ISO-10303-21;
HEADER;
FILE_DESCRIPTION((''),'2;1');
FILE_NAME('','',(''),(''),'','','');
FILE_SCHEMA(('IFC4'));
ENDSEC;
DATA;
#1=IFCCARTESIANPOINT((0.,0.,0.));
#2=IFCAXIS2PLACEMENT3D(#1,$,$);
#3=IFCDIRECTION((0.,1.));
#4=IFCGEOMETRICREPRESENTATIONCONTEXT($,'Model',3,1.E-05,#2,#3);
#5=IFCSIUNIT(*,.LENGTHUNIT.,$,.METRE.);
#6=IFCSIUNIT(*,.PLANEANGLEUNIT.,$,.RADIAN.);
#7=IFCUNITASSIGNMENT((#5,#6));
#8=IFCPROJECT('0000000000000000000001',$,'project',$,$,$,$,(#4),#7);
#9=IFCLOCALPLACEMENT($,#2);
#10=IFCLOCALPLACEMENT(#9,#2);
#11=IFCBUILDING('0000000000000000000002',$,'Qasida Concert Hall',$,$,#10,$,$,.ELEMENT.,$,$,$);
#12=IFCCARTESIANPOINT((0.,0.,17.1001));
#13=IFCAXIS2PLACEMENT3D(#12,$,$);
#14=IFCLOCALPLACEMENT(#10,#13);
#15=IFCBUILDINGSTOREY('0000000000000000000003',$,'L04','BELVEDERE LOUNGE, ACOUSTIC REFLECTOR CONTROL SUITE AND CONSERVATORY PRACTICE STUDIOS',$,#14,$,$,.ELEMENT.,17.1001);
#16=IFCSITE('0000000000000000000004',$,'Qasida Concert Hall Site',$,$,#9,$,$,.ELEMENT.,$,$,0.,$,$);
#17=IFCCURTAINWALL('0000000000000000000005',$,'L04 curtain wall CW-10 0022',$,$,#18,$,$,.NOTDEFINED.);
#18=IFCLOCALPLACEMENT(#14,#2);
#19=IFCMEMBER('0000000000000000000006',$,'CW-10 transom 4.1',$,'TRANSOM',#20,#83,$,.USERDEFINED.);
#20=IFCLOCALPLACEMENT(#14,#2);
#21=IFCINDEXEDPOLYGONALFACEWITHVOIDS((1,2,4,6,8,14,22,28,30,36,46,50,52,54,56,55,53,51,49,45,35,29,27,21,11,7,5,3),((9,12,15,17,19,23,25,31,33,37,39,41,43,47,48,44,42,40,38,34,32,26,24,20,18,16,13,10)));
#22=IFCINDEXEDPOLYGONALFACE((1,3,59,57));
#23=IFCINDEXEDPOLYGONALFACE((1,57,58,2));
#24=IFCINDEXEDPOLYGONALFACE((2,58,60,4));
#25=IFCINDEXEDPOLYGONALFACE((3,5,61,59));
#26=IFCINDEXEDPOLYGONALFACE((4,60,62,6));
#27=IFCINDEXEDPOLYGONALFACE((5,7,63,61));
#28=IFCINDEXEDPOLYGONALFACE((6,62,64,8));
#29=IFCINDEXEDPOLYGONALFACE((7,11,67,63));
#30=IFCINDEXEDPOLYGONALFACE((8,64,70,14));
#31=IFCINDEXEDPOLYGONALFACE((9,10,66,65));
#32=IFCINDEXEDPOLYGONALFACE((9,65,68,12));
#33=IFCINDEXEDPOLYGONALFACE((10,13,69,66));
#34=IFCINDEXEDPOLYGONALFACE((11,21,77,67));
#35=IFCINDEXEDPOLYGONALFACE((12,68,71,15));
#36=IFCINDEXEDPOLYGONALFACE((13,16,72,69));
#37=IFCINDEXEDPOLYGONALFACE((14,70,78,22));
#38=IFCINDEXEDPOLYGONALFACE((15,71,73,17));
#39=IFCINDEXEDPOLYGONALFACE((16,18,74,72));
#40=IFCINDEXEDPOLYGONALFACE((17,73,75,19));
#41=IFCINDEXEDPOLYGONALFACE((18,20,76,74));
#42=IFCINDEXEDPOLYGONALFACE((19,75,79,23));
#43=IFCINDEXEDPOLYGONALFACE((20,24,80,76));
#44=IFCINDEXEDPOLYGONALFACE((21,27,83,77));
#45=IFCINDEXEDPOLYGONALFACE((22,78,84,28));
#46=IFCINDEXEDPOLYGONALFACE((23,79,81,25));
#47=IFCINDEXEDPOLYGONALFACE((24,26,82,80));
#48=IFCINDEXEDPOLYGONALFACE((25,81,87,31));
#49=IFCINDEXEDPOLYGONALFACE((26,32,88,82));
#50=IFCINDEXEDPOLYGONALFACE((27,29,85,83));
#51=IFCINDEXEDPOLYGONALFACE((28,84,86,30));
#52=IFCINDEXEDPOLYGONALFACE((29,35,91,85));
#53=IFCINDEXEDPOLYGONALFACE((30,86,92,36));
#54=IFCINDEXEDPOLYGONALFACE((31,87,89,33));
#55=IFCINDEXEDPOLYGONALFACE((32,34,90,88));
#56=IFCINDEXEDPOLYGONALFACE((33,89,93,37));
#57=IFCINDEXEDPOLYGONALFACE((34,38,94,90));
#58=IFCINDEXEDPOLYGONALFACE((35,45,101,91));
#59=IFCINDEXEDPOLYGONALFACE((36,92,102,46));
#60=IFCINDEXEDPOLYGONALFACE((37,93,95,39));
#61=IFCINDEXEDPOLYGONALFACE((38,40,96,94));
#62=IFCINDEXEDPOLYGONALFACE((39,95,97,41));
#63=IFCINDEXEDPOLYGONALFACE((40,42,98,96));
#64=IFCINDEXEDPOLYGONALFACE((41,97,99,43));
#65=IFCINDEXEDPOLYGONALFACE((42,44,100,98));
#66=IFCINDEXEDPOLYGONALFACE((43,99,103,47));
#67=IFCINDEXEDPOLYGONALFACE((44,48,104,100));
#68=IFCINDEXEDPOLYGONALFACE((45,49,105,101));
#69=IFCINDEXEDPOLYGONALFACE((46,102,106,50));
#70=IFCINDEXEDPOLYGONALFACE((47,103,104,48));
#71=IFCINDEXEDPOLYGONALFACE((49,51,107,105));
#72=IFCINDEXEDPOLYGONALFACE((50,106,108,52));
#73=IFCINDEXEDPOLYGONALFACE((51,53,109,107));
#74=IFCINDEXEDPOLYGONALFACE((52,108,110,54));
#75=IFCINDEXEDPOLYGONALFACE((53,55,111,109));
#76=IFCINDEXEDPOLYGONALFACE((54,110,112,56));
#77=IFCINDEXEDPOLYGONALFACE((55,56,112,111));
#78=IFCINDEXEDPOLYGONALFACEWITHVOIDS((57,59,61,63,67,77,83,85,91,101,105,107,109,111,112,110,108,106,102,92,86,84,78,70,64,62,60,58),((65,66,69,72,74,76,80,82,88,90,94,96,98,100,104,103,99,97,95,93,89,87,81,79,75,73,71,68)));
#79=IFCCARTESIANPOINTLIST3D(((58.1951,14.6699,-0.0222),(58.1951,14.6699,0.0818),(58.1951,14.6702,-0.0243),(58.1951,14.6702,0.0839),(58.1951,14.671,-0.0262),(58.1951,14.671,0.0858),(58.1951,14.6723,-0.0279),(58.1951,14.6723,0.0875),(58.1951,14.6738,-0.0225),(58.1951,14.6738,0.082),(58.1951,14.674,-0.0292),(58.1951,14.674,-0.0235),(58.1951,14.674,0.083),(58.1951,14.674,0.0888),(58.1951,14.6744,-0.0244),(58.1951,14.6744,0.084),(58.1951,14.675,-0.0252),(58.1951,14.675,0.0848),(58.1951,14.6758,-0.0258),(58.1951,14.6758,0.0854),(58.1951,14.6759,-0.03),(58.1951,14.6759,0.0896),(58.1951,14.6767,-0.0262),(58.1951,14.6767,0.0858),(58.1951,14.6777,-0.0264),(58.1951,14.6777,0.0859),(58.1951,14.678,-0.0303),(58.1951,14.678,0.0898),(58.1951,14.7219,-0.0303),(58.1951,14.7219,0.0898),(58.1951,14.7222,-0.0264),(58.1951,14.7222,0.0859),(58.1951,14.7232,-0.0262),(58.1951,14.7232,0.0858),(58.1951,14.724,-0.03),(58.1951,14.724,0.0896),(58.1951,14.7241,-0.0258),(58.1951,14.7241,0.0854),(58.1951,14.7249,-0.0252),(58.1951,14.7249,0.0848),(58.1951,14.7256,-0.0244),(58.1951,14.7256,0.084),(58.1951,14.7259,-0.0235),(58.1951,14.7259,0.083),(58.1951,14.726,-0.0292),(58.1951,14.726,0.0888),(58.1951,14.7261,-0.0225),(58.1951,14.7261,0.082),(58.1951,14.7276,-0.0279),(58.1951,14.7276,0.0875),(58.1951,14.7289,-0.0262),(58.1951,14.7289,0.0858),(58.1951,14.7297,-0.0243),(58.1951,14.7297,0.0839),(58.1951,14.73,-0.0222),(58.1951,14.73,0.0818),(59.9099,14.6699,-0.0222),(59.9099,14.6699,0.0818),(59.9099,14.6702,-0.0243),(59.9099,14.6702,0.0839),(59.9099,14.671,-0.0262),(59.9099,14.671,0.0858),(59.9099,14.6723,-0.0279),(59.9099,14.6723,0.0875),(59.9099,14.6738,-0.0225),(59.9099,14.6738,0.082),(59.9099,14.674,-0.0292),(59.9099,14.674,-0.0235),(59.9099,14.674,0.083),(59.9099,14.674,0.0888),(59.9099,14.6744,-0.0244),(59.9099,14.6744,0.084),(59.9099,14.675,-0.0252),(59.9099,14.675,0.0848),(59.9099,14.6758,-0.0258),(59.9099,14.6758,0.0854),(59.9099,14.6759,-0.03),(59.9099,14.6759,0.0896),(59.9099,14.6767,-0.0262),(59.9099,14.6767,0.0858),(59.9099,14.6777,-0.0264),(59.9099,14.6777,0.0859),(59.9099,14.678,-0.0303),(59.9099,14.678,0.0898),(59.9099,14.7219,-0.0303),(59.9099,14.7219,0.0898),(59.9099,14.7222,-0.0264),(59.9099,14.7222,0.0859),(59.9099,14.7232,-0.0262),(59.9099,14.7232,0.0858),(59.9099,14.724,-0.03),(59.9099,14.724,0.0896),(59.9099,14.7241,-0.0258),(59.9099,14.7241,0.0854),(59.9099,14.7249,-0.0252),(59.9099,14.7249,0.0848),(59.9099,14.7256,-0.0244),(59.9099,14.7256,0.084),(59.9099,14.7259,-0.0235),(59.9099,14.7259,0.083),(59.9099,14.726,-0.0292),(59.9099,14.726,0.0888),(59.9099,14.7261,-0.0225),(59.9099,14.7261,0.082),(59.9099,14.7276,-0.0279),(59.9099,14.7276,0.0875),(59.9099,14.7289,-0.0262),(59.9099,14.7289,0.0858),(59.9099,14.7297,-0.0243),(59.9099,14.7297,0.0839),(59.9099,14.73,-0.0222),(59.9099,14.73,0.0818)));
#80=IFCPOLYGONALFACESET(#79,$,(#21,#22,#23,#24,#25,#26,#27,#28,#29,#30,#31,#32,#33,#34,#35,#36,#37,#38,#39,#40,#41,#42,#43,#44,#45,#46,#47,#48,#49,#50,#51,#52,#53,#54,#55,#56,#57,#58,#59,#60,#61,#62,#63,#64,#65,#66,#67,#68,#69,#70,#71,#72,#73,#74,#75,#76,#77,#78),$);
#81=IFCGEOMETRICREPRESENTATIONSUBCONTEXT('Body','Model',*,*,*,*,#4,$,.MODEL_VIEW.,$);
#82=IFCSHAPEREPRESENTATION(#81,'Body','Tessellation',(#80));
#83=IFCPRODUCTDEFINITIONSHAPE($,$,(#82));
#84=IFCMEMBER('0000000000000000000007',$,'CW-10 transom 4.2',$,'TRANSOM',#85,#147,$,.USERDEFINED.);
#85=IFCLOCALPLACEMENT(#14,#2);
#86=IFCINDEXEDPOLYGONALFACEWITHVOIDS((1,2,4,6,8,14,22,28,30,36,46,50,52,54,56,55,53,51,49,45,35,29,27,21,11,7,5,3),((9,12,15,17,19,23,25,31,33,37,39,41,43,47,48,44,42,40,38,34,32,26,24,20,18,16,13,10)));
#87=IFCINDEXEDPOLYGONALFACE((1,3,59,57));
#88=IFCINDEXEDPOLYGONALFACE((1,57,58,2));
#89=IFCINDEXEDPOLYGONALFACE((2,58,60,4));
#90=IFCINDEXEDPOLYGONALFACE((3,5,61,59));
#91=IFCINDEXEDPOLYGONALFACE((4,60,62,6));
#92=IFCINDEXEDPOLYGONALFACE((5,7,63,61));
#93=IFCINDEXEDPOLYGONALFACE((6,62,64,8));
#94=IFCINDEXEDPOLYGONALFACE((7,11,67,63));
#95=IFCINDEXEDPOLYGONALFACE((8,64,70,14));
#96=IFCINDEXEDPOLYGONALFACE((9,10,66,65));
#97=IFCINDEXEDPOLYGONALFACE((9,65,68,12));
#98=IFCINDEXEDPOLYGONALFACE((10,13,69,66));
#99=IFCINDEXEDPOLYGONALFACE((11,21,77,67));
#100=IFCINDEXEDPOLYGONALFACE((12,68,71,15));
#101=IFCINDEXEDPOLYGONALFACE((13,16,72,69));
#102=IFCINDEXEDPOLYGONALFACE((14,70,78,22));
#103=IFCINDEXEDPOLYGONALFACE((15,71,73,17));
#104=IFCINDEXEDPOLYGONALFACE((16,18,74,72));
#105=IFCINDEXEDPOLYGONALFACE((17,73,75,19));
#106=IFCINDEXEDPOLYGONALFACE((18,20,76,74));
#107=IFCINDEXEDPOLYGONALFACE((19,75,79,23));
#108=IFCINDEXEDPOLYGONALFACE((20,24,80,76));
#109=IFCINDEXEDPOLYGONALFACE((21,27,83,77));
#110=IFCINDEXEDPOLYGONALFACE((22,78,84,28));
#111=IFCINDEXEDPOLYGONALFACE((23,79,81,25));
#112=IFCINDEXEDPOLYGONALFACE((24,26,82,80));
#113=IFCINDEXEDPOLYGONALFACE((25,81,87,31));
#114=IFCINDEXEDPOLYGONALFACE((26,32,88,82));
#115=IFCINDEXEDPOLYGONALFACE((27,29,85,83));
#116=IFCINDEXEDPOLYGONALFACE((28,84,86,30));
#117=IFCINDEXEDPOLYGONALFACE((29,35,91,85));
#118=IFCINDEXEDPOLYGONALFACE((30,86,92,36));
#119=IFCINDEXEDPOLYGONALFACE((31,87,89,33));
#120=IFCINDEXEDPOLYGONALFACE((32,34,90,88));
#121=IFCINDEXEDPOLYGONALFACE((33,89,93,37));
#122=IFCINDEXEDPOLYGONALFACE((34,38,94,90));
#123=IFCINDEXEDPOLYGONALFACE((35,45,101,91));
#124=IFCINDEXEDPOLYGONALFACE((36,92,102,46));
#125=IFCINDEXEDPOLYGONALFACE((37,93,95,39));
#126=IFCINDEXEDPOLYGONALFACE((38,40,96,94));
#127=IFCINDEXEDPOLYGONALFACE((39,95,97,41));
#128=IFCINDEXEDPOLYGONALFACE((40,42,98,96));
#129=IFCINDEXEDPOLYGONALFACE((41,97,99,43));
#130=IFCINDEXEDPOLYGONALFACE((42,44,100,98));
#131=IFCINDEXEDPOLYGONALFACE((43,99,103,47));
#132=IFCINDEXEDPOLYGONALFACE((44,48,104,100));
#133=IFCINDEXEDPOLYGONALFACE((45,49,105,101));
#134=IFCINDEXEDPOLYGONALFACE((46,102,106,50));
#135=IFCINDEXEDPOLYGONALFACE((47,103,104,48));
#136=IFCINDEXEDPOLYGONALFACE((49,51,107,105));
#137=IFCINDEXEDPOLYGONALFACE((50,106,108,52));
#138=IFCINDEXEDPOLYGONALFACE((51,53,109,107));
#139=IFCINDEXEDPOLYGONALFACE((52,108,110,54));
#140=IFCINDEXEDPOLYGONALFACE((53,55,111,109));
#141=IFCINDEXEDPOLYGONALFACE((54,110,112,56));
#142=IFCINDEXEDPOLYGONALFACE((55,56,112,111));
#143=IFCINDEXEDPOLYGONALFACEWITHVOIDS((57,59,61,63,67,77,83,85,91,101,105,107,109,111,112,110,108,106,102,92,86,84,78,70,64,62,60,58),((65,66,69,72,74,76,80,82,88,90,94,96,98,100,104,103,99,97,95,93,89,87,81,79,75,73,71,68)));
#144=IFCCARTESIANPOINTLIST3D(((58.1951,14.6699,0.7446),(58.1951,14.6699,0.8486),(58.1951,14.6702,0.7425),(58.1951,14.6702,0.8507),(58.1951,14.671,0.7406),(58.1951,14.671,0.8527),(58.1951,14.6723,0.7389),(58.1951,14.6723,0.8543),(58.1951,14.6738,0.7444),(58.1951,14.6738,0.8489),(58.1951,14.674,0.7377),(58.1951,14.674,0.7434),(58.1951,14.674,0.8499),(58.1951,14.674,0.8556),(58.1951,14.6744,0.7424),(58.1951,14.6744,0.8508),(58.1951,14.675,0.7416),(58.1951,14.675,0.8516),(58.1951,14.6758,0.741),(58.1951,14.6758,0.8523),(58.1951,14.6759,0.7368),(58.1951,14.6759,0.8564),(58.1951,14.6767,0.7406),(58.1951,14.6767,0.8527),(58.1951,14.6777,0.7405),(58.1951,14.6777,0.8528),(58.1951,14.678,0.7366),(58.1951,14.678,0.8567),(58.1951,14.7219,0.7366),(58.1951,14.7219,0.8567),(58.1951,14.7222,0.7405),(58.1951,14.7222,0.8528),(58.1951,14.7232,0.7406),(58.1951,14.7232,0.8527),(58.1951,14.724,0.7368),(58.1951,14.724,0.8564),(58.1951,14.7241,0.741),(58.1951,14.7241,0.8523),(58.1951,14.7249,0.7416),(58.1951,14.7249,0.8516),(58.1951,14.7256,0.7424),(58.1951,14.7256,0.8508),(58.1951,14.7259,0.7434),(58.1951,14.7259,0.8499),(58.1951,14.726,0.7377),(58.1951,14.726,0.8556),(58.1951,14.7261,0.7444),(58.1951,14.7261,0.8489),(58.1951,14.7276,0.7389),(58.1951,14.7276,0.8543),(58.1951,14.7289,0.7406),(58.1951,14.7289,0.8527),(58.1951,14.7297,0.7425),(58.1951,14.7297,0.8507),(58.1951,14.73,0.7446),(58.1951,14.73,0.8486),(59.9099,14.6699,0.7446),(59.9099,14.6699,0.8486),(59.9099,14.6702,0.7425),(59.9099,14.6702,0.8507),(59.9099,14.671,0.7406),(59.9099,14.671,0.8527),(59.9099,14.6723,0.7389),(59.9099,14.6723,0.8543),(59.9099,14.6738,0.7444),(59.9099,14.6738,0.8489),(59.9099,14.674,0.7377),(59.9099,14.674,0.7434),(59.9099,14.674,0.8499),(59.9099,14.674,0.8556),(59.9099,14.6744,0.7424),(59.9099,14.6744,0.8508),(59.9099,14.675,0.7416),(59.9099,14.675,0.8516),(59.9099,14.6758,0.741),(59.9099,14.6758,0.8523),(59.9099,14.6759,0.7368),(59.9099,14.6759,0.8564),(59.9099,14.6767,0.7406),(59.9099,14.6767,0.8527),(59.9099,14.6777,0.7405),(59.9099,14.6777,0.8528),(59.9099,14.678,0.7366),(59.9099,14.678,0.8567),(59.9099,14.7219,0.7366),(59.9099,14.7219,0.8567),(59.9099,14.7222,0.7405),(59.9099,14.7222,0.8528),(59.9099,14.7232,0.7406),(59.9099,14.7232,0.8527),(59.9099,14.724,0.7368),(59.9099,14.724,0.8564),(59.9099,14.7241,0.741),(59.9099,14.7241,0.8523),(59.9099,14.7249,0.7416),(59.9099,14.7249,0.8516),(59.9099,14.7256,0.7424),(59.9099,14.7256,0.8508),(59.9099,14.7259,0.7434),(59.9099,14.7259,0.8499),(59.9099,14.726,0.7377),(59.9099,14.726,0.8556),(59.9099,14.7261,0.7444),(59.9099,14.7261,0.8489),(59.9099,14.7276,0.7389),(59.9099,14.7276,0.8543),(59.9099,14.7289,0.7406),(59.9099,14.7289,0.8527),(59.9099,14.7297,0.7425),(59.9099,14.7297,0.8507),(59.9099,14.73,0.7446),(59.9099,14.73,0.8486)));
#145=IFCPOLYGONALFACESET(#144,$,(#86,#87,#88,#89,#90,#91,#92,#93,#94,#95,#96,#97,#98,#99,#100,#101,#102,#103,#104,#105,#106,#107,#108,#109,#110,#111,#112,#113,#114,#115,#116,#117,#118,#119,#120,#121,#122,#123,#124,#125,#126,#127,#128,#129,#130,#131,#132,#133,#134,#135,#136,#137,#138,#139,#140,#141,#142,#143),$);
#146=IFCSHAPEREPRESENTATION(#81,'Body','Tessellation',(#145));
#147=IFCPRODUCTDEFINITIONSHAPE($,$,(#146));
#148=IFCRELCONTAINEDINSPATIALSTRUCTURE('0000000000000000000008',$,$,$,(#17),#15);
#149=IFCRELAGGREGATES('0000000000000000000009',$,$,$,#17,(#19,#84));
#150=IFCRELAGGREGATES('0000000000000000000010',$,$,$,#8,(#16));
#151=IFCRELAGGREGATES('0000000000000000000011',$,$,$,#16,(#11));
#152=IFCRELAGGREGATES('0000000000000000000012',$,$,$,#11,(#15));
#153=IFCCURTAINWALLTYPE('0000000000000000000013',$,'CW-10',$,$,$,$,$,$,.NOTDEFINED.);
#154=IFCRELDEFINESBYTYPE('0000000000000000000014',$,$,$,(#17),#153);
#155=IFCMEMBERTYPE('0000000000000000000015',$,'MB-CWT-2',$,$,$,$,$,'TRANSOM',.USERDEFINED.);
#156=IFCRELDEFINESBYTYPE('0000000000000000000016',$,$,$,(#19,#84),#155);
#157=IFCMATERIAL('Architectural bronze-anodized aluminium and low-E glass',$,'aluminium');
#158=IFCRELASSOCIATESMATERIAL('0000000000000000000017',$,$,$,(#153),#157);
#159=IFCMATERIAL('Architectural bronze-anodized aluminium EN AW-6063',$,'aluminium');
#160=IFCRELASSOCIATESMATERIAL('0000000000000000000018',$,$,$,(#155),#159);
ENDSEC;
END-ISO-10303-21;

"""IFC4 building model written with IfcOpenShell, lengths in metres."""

from ifc_helpers import new_model, si_unit, direction, frame, origin, origin_2d, place, context, subcontext, project, spatial, hollow_rectangle, extrude, material, material_profile, profile_set, type_object, element, aggregate, save


model = new_model("IFC4")

# Units and contexts
model_context = context("Model", 3, precision=1e-05, world=origin(), true_north=direction((0.0, 1.0)))
body_context = subcontext(model_context, "Body", "Model", "MODEL_VIEW")
ifc_project = project(units=[si_unit("LENGTHUNIT", "METRE"), si_unit("PLANEANGLEUNIT", "RADIAN")], contexts=[model_context])

# Site, building, storey
site_placement = place(None, origin())
site = spatial("IfcSite", under=ifc_project, at=site_placement, Name="Qasida Concert Hall Site", CompositionType="ELEMENT", RefElevation=0.0)
building_placement = place(site_placement, origin())
building = spatial("IfcBuilding", under=site, at=building_placement, Name="Qasida Concert Hall", CompositionType="ELEMENT")
storey_placement = place(building_placement, frame((0.0, 0.0, 17.1001)))
storey = spatial("IfcBuildingStorey", under=building, at=storey_placement, Name="L04", Description="BELVEDERE LOUNGE, ACOUSTIC REFLECTOR CONTROL SUITE AND CONSERVATORY PRACTICE STUDIOS", CompositionType="ELEMENT", Elevation=17.1001)

# Curtain wall
ifc_material_1 = material(Name="Architectural bronze-anodized aluminium and low-E glass", Category="aluminium")
curtain_wall_type = type_object("IfcCurtainWallType", Name="CW-10", PredefinedType="NOTDEFINED", material=ifc_material_1)
curtain_wall_1_placement = place(storey_placement, origin())
curtain_wall_1 = element("IfcCurtainWall", 1, at=curtain_wall_1_placement, inside=storey, type_object=curtain_wall_type, Name="L04 curtain wall CW-10 0022", PredefinedType="NOTDEFINED")
ifc_material_2 = material(Name="Architectural bronze-anodized aluminium EN AW-6063", Category="aluminium")

# Members
ifc_material_profile_1 = material_profile(ifc_material_2, hollow_rectangle(XDim=0.0601, YDim=0.1201, WallThickness=0.0039, InnerFilletRadius=0.0039, OuterFilletRadius=0.0081, at=origin_2d()), Name="CWT 120x60x4")
ifc_profile_set_1 = profile_set([ifc_material_profile_1], Name="Architectural bronze-anodized aluminium EN AW-6063")
member_type_1 = type_object("IfcMemberType", Name="MB-CWT-2", ElementType="TRANSOM", PredefinedType="USERDEFINED", material=ifc_profile_set_1)
member_1_placement = place(storey_placement, frame((58.1951, 14.7, 0.0298), z_axis=(1.0, 0.0, 0.0), x_axis=(0.0, 1.0, 0.0)))
member_1 = element("IfcMember", 2, at=member_1_placement, type_object=member_type_1, Name="CW-10 transom 4.1", ObjectType="TRANSOM", PredefinedType="USERDEFINED", context=body_context, shape_type="SweptSolid", body=[
    extrude(hollow_rectangle(XDim=0.0601, YDim=0.1201, WallThickness=0.0039, InnerFilletRadius=0.0039, OuterFilletRadius=0.0081, at=origin_2d()), origin(), (0.0, 0.0, 1.0), 1.7148),
])
member_2_placement = place(storey_placement, frame((58.1951, 14.7, 0.7966), z_axis=(1.0, 0.0, 0.0), x_axis=(0.0, 1.0, 0.0)))
member_2 = element("IfcMember", 3, at=member_2_placement, type_object=member_type_1, Name="CW-10 transom 4.2", ObjectType="TRANSOM", PredefinedType="USERDEFINED", context=body_context, shape_type="SweptSolid", body=[
    extrude(hollow_rectangle(XDim=0.0601, YDim=0.1201, WallThickness=0.0039, InnerFilletRadius=0.0039, OuterFilletRadius=0.0081, at=origin_2d()), origin(), (0.0, 0.0, 1.0), 1.7148),
])

aggregate(curtain_wall_1, [member_1, member_2])

save(model, "model.ifc")
